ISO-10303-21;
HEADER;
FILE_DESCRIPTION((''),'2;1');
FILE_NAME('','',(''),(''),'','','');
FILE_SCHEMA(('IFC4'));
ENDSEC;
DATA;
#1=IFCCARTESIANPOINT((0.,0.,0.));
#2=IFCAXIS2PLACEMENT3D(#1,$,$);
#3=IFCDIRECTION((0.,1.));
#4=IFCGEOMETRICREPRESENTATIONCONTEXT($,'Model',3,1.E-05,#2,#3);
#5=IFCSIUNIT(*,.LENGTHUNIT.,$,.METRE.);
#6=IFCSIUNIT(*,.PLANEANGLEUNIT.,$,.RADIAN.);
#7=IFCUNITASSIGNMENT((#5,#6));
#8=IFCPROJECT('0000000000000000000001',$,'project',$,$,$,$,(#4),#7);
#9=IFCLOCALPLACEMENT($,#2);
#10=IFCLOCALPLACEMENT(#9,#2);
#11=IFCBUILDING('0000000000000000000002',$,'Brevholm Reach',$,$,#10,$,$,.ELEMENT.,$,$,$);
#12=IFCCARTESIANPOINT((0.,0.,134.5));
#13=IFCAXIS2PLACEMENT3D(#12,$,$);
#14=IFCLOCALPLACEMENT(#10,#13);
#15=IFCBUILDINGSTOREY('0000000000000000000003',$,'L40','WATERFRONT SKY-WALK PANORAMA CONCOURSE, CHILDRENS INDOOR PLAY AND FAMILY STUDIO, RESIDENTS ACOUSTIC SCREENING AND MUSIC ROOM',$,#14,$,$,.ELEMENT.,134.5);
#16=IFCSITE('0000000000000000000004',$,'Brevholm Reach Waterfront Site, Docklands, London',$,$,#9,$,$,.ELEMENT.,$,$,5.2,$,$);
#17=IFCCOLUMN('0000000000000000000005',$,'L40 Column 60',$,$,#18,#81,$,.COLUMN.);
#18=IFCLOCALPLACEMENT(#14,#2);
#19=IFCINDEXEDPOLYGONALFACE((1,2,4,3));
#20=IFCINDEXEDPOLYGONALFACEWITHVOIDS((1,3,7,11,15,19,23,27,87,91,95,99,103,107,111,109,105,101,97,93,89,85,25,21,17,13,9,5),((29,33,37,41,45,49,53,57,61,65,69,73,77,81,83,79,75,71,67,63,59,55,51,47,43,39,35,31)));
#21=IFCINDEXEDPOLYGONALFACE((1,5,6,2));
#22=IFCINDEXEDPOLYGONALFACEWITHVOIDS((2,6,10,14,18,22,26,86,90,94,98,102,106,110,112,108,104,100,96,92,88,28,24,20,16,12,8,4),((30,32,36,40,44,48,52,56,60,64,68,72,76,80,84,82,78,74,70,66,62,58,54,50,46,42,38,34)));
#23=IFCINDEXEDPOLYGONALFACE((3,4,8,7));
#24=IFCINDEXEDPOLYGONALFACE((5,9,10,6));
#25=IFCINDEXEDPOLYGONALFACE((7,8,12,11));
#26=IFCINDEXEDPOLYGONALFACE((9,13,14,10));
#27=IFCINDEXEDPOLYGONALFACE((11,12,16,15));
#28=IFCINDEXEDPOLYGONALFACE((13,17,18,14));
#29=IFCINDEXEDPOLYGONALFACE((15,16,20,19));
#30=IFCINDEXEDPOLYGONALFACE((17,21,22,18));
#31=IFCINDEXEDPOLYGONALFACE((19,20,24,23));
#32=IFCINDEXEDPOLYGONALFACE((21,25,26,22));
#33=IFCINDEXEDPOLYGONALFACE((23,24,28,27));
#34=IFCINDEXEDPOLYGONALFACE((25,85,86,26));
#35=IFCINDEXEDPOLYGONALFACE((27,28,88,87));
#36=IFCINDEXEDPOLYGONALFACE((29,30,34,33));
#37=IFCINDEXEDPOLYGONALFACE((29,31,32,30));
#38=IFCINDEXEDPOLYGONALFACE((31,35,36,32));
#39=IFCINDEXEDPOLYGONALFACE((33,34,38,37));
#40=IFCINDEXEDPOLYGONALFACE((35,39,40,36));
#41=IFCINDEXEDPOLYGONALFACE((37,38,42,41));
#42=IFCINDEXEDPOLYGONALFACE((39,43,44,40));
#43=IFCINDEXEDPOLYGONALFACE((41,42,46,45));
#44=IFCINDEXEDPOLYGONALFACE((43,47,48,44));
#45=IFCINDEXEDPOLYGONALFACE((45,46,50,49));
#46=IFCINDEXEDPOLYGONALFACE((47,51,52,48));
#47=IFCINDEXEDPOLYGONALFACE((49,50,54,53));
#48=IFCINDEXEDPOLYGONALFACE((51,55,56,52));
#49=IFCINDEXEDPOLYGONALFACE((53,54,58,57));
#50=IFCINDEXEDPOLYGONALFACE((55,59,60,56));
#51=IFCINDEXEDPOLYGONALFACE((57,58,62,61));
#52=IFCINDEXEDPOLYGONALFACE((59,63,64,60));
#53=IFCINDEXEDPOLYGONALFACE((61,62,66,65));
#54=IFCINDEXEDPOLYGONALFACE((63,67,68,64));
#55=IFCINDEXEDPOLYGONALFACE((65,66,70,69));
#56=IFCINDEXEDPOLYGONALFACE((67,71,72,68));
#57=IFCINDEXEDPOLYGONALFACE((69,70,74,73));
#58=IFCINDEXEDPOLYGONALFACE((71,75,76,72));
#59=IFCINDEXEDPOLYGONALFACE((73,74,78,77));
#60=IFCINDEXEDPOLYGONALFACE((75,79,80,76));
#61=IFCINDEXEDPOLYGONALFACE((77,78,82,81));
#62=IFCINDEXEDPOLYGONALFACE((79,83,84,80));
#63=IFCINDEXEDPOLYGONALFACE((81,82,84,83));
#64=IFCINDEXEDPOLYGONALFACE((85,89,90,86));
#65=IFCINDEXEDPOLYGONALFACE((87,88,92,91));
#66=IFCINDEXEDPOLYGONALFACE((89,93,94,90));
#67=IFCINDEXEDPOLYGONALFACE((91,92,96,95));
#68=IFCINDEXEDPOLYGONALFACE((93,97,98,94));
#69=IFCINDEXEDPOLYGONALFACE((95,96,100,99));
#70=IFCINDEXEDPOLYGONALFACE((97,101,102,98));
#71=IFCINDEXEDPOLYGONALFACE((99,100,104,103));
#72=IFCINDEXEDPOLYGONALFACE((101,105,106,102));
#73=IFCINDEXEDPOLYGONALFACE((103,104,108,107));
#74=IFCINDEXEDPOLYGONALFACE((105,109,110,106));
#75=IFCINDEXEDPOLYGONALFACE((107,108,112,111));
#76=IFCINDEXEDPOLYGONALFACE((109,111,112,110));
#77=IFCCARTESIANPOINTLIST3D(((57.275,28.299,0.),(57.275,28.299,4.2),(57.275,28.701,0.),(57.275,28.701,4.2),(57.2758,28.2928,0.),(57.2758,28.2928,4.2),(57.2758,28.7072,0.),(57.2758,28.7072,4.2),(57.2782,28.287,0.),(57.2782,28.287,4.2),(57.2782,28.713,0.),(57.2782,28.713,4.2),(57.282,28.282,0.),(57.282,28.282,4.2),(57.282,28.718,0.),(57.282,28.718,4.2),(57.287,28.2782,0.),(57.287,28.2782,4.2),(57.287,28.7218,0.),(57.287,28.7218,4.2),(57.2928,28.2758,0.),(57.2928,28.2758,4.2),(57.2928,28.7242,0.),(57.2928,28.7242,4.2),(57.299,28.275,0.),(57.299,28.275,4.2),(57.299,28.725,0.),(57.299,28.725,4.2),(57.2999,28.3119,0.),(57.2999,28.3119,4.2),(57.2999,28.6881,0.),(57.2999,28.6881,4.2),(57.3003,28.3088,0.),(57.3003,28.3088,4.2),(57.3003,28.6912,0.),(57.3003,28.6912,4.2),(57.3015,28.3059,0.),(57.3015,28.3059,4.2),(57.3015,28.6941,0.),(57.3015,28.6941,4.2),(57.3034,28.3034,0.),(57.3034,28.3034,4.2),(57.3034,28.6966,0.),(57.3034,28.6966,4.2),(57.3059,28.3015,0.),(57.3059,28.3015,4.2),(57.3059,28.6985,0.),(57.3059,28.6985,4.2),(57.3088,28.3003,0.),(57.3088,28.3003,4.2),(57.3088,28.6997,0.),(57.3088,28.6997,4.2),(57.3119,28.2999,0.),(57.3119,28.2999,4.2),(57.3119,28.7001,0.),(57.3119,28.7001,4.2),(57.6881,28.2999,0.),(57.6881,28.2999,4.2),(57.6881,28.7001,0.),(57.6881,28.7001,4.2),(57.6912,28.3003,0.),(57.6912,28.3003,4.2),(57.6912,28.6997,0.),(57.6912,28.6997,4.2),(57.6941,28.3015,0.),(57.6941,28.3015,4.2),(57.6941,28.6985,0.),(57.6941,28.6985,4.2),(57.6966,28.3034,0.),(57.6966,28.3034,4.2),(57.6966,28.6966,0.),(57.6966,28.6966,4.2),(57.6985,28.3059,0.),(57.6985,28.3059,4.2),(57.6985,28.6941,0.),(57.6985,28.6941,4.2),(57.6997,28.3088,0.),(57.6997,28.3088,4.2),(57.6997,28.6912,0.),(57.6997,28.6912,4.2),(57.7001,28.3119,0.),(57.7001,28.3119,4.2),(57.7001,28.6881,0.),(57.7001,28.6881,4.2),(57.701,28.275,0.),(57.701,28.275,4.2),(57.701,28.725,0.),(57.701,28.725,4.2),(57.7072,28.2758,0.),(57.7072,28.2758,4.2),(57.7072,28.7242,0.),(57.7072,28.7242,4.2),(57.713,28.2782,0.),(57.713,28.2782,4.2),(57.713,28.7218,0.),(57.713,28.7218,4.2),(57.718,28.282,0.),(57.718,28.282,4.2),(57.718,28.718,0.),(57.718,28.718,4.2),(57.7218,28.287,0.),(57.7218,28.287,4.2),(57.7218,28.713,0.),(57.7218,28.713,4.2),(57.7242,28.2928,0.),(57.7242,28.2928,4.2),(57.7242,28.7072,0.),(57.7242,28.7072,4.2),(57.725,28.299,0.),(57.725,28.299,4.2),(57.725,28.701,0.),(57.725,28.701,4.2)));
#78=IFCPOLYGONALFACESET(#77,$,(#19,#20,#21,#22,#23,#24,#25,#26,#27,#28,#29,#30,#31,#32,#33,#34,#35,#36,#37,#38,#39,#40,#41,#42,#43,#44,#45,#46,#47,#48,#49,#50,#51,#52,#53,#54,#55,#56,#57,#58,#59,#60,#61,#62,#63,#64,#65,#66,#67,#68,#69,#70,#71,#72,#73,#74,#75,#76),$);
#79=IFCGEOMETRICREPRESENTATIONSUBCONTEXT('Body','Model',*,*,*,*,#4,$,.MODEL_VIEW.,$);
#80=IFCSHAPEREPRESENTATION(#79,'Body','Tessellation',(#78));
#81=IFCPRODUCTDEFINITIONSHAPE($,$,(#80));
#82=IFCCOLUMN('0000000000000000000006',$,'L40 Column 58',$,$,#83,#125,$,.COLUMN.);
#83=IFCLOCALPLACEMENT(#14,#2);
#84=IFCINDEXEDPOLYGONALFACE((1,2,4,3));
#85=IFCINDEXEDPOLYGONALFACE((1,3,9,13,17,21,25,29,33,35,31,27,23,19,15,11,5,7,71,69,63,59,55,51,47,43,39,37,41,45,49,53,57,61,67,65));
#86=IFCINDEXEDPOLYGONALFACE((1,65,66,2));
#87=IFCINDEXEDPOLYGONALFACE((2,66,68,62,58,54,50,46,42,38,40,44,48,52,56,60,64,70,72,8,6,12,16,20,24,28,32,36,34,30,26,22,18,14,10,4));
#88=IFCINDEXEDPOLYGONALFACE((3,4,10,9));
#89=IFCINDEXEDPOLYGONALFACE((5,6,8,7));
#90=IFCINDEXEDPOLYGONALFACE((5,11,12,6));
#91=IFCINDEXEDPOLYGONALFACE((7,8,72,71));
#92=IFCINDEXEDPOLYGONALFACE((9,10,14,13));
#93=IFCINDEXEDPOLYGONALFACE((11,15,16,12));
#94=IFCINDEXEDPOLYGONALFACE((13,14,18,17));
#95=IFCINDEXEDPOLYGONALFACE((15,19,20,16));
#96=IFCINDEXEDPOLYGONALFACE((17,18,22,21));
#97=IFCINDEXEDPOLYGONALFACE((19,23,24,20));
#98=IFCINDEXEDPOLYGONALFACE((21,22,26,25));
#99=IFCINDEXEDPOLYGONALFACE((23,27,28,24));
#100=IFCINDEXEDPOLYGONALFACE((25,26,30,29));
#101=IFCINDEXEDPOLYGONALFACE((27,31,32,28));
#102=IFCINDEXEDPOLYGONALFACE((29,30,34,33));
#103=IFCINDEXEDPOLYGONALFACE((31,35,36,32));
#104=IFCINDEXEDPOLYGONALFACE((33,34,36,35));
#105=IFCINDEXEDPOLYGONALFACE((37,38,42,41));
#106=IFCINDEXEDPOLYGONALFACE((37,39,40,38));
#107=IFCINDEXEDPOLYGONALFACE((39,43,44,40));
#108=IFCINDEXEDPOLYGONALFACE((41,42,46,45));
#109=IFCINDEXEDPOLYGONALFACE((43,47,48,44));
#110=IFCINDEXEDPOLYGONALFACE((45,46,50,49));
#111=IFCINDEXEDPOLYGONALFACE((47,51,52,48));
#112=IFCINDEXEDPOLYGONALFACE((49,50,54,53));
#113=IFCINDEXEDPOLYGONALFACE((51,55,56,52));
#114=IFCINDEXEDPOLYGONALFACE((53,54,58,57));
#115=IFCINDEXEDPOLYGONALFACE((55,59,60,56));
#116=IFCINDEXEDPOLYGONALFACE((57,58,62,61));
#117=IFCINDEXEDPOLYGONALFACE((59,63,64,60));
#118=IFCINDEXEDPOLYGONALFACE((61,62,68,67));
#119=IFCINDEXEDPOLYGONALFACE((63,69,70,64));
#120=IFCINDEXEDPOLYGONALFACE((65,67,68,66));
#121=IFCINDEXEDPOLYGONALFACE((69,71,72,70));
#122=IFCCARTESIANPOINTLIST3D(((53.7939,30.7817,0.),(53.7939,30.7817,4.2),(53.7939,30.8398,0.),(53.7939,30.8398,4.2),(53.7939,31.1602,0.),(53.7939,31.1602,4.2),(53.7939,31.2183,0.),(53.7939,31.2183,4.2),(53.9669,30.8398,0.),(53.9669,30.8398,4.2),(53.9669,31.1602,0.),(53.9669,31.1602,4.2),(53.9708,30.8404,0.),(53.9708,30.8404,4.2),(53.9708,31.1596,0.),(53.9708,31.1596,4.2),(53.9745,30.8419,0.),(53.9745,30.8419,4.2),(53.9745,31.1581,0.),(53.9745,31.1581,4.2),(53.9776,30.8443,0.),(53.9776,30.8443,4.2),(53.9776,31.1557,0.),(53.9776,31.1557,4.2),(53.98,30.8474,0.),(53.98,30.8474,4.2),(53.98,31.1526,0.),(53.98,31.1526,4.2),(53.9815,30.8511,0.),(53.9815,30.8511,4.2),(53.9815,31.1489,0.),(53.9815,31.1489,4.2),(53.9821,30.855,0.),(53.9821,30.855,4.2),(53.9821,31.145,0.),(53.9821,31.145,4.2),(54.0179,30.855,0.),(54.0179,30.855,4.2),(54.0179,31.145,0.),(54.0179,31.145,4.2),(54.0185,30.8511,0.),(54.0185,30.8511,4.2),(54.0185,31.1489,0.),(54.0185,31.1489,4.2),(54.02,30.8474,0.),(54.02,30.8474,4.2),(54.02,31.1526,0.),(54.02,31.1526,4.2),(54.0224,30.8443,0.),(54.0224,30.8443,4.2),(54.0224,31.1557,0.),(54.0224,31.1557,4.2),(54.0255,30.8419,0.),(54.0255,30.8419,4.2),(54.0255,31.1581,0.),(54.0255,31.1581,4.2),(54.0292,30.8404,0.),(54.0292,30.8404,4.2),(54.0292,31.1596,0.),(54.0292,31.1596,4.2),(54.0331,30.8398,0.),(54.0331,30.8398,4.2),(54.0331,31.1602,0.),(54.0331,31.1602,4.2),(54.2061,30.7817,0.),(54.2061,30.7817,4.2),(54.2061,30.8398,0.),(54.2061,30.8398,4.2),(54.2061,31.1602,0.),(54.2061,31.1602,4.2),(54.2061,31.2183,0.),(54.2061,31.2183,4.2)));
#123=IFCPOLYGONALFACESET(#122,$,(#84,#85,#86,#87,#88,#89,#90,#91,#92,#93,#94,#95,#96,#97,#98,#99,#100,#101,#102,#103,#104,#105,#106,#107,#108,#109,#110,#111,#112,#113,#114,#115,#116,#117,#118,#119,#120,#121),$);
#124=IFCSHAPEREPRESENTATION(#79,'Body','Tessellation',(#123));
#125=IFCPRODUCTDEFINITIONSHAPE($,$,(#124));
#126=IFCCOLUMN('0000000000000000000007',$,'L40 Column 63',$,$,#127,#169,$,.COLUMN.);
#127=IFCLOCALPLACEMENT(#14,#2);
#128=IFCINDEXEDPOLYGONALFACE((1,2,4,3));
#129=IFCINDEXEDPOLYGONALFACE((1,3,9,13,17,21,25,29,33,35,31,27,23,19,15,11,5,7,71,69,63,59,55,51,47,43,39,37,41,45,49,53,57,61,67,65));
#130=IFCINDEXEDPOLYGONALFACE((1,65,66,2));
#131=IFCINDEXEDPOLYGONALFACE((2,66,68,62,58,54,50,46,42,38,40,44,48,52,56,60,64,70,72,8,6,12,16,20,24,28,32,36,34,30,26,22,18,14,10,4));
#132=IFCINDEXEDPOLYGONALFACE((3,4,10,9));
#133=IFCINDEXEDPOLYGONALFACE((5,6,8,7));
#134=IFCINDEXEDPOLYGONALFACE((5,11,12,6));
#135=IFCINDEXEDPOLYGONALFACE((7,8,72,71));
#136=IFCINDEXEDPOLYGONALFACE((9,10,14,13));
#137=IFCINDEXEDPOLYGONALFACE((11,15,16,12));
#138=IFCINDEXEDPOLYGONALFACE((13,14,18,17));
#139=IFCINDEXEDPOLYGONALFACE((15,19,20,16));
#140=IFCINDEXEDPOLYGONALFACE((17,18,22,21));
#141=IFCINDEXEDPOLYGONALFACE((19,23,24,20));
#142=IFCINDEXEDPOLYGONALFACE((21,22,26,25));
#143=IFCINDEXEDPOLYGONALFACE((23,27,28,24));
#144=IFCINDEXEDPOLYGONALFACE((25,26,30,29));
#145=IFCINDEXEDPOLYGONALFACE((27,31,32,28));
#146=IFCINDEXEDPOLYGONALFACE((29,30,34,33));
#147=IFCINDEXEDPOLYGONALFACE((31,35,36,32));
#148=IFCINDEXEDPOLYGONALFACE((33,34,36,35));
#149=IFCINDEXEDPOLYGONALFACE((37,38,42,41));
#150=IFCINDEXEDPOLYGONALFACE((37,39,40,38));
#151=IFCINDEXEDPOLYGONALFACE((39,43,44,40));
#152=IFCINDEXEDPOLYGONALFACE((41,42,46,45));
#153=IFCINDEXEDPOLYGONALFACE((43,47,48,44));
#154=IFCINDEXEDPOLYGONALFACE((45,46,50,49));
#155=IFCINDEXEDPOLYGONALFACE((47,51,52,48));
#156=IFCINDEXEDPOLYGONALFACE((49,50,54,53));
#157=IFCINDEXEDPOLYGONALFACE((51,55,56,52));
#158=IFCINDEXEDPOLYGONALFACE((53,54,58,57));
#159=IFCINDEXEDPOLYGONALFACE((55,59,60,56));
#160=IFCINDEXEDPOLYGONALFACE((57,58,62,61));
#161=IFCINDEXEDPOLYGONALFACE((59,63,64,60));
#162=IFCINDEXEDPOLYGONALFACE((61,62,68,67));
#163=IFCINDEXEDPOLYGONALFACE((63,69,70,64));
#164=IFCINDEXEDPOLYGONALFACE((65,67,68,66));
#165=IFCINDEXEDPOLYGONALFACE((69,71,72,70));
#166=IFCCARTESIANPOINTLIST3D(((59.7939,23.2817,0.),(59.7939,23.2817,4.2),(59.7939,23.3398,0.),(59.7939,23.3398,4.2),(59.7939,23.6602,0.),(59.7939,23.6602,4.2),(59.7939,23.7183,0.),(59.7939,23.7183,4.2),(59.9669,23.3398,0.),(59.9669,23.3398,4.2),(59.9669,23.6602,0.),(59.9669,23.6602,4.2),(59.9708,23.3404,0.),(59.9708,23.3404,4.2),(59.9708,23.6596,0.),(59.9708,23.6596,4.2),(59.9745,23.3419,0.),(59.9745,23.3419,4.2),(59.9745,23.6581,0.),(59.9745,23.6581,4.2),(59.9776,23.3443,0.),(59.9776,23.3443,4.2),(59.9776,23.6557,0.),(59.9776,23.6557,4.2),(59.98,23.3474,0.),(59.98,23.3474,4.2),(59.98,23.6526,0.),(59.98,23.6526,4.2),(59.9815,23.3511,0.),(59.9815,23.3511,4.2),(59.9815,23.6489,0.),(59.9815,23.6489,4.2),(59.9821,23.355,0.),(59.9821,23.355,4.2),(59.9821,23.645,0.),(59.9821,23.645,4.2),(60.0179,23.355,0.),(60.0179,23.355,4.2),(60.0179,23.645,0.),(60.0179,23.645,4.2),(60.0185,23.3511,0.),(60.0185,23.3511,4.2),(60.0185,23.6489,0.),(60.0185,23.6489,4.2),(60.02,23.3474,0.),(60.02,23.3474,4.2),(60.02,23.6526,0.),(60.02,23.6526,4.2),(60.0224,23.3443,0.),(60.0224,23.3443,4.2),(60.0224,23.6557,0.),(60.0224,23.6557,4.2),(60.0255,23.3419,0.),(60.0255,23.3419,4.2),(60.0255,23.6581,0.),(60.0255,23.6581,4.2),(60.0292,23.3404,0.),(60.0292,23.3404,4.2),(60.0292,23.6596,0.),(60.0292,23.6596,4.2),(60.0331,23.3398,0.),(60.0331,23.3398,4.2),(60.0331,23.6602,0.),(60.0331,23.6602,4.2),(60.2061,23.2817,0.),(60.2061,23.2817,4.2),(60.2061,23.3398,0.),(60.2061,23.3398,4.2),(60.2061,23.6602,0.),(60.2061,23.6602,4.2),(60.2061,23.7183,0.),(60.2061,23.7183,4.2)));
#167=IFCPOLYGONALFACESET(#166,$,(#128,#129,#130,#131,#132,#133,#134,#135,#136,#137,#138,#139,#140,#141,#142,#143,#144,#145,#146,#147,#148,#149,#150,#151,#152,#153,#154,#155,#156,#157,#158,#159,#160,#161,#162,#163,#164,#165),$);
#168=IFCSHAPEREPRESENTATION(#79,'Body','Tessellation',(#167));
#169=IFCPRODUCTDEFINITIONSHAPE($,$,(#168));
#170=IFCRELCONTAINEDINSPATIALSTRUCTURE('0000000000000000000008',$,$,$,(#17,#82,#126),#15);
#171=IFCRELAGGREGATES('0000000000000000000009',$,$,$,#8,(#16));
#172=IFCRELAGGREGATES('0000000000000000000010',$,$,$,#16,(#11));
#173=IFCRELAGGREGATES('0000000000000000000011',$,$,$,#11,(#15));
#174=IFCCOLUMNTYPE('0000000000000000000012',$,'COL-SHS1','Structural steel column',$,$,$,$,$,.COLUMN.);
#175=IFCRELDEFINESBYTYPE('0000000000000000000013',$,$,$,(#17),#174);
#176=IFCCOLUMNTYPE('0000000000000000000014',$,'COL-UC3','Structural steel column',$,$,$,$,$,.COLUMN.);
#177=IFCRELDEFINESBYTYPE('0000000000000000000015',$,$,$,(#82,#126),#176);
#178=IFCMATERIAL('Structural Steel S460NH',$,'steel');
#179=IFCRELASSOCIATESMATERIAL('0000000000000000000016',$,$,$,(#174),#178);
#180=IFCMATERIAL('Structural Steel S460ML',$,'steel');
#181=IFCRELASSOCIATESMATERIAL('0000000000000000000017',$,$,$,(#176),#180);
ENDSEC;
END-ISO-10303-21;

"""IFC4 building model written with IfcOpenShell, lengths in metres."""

from ifc_helpers import new_model, si_unit, direction, frame, origin, origin_2d, place, context, subcontext, project, spatial, hollow_rectangle, i_section, extrude, material, material_profile, profile_set, type_object, element, save


model = new_model("IFC4")

# Units and contexts
model_context = context("Model", 3, precision=1e-05, world=origin(), true_north=direction((0.0, 1.0)))
body_context = subcontext(model_context, "Body", "Model", "MODEL_VIEW")
ifc_project = project(units=[si_unit("LENGTHUNIT", "METRE"), si_unit("PLANEANGLEUNIT", "RADIAN")], contexts=[model_context])

# Site, building, storey
site_placement = place(None, origin())
site = spatial("IfcSite", under=ifc_project, at=site_placement, Name="Brevholm Reach Waterfront Site, Docklands, London", CompositionType="ELEMENT", RefElevation=5.2)
building_placement = place(site_placement, origin())
building = spatial("IfcBuilding", under=site, at=building_placement, Name="Brevholm Reach", CompositionType="ELEMENT")
storey_placement = place(building_placement, frame((0.0, 0.0, 134.5)))
storey = spatial("IfcBuildingStorey", under=building, at=storey_placement, Name="L40", Description="WATERFRONT SKY-WALK PANORAMA CONCOURSE, CHILDRENS INDOOR PLAY AND FAMILY STUDIO, RESIDENTS ACOUSTIC SCREENING AND MUSIC ROOM", CompositionType="ELEMENT", Elevation=134.5)

# Columns
ifc_material_1 = material(Name="Structural Steel S460NH", Category="steel")
ifc_material_profile_1 = material_profile(ifc_material_1, hollow_rectangle(XDim=0.45, YDim=0.45, WallThickness=0.0249, InnerFilletRadius=0.012, OuterFilletRadius=0.0239, at=origin_2d()), Name="SHS 450x450x25")
ifc_profile_set_1 = profile_set([ifc_material_profile_1], Name="Structural Steel S460NH")
column_type_1 = type_object("IfcColumnType", Name="COL-SHS1", Description="Structural steel column", PredefinedType="COLUMN", material=ifc_profile_set_1)
column_placement = place(storey_placement, frame((57.5, 28.5, 0.0), z_axis=(0.0, 0.0, 1.0), x_axis=(1.0, 0.0, 0.0)))
element("IfcColumn", 1, at=column_placement, inside=storey, type_object=column_type_1, Name="L40 Column 60", PredefinedType="COLUMN", context=body_context, shape_type="SweptSolid", body=[
    extrude(hollow_rectangle(XDim=0.45, YDim=0.45, WallThickness=0.0249, InnerFilletRadius=0.012, OuterFilletRadius=0.0239, at=origin_2d()), origin(), (0.0, 0.0, 1.0), 4.2),
])
ifc_material_2 = material(Name="Structural Steel S460ML", Category="steel")
ifc_material_profile_2 = material_profile(ifc_material_2, i_section(OverallWidth=0.4121, OverallDepth=0.4365, WebThickness=0.0359, FlangeThickness=0.0581, FilletRadius=0.0151, at=origin_2d()), Name="UKC 356x406x467")
ifc_profile_set_2 = profile_set([ifc_material_profile_2], Name="Structural Steel S460ML")
column_type_2 = type_object("IfcColumnType", Name="COL-UC3", Description="Structural steel column", PredefinedType="COLUMN", material=ifc_profile_set_2)
for number, where, z_axis, x_axis, name in (
    (2, (54.0, 31.0, 0.0), (0.0, 0.0, 1.0), (1.0, 0.0, 0.0), "L40 Column 58"),
    (3, (60.0, 23.5, 0.0), (0.0, 0.0, 1.0), (1.0, 0.0, 0.0), "L40 Column 63"),
):
    element("IfcColumn", number, at=place(storey_placement, frame(where, z_axis=z_axis, x_axis=x_axis)), inside=storey, type_object=column_type_2, Name=name, PredefinedType="COLUMN", context=body_context, shape_type="SweptSolid", body=[
        extrude(i_section(OverallWidth=0.4121, OverallDepth=0.4365, WebThickness=0.0359, FlangeThickness=0.0581, FilletRadius=0.0151, at=origin_2d()), origin(), (0.0, 0.0, 1.0), 4.2),
    ])

save(model, "model.ifc")
